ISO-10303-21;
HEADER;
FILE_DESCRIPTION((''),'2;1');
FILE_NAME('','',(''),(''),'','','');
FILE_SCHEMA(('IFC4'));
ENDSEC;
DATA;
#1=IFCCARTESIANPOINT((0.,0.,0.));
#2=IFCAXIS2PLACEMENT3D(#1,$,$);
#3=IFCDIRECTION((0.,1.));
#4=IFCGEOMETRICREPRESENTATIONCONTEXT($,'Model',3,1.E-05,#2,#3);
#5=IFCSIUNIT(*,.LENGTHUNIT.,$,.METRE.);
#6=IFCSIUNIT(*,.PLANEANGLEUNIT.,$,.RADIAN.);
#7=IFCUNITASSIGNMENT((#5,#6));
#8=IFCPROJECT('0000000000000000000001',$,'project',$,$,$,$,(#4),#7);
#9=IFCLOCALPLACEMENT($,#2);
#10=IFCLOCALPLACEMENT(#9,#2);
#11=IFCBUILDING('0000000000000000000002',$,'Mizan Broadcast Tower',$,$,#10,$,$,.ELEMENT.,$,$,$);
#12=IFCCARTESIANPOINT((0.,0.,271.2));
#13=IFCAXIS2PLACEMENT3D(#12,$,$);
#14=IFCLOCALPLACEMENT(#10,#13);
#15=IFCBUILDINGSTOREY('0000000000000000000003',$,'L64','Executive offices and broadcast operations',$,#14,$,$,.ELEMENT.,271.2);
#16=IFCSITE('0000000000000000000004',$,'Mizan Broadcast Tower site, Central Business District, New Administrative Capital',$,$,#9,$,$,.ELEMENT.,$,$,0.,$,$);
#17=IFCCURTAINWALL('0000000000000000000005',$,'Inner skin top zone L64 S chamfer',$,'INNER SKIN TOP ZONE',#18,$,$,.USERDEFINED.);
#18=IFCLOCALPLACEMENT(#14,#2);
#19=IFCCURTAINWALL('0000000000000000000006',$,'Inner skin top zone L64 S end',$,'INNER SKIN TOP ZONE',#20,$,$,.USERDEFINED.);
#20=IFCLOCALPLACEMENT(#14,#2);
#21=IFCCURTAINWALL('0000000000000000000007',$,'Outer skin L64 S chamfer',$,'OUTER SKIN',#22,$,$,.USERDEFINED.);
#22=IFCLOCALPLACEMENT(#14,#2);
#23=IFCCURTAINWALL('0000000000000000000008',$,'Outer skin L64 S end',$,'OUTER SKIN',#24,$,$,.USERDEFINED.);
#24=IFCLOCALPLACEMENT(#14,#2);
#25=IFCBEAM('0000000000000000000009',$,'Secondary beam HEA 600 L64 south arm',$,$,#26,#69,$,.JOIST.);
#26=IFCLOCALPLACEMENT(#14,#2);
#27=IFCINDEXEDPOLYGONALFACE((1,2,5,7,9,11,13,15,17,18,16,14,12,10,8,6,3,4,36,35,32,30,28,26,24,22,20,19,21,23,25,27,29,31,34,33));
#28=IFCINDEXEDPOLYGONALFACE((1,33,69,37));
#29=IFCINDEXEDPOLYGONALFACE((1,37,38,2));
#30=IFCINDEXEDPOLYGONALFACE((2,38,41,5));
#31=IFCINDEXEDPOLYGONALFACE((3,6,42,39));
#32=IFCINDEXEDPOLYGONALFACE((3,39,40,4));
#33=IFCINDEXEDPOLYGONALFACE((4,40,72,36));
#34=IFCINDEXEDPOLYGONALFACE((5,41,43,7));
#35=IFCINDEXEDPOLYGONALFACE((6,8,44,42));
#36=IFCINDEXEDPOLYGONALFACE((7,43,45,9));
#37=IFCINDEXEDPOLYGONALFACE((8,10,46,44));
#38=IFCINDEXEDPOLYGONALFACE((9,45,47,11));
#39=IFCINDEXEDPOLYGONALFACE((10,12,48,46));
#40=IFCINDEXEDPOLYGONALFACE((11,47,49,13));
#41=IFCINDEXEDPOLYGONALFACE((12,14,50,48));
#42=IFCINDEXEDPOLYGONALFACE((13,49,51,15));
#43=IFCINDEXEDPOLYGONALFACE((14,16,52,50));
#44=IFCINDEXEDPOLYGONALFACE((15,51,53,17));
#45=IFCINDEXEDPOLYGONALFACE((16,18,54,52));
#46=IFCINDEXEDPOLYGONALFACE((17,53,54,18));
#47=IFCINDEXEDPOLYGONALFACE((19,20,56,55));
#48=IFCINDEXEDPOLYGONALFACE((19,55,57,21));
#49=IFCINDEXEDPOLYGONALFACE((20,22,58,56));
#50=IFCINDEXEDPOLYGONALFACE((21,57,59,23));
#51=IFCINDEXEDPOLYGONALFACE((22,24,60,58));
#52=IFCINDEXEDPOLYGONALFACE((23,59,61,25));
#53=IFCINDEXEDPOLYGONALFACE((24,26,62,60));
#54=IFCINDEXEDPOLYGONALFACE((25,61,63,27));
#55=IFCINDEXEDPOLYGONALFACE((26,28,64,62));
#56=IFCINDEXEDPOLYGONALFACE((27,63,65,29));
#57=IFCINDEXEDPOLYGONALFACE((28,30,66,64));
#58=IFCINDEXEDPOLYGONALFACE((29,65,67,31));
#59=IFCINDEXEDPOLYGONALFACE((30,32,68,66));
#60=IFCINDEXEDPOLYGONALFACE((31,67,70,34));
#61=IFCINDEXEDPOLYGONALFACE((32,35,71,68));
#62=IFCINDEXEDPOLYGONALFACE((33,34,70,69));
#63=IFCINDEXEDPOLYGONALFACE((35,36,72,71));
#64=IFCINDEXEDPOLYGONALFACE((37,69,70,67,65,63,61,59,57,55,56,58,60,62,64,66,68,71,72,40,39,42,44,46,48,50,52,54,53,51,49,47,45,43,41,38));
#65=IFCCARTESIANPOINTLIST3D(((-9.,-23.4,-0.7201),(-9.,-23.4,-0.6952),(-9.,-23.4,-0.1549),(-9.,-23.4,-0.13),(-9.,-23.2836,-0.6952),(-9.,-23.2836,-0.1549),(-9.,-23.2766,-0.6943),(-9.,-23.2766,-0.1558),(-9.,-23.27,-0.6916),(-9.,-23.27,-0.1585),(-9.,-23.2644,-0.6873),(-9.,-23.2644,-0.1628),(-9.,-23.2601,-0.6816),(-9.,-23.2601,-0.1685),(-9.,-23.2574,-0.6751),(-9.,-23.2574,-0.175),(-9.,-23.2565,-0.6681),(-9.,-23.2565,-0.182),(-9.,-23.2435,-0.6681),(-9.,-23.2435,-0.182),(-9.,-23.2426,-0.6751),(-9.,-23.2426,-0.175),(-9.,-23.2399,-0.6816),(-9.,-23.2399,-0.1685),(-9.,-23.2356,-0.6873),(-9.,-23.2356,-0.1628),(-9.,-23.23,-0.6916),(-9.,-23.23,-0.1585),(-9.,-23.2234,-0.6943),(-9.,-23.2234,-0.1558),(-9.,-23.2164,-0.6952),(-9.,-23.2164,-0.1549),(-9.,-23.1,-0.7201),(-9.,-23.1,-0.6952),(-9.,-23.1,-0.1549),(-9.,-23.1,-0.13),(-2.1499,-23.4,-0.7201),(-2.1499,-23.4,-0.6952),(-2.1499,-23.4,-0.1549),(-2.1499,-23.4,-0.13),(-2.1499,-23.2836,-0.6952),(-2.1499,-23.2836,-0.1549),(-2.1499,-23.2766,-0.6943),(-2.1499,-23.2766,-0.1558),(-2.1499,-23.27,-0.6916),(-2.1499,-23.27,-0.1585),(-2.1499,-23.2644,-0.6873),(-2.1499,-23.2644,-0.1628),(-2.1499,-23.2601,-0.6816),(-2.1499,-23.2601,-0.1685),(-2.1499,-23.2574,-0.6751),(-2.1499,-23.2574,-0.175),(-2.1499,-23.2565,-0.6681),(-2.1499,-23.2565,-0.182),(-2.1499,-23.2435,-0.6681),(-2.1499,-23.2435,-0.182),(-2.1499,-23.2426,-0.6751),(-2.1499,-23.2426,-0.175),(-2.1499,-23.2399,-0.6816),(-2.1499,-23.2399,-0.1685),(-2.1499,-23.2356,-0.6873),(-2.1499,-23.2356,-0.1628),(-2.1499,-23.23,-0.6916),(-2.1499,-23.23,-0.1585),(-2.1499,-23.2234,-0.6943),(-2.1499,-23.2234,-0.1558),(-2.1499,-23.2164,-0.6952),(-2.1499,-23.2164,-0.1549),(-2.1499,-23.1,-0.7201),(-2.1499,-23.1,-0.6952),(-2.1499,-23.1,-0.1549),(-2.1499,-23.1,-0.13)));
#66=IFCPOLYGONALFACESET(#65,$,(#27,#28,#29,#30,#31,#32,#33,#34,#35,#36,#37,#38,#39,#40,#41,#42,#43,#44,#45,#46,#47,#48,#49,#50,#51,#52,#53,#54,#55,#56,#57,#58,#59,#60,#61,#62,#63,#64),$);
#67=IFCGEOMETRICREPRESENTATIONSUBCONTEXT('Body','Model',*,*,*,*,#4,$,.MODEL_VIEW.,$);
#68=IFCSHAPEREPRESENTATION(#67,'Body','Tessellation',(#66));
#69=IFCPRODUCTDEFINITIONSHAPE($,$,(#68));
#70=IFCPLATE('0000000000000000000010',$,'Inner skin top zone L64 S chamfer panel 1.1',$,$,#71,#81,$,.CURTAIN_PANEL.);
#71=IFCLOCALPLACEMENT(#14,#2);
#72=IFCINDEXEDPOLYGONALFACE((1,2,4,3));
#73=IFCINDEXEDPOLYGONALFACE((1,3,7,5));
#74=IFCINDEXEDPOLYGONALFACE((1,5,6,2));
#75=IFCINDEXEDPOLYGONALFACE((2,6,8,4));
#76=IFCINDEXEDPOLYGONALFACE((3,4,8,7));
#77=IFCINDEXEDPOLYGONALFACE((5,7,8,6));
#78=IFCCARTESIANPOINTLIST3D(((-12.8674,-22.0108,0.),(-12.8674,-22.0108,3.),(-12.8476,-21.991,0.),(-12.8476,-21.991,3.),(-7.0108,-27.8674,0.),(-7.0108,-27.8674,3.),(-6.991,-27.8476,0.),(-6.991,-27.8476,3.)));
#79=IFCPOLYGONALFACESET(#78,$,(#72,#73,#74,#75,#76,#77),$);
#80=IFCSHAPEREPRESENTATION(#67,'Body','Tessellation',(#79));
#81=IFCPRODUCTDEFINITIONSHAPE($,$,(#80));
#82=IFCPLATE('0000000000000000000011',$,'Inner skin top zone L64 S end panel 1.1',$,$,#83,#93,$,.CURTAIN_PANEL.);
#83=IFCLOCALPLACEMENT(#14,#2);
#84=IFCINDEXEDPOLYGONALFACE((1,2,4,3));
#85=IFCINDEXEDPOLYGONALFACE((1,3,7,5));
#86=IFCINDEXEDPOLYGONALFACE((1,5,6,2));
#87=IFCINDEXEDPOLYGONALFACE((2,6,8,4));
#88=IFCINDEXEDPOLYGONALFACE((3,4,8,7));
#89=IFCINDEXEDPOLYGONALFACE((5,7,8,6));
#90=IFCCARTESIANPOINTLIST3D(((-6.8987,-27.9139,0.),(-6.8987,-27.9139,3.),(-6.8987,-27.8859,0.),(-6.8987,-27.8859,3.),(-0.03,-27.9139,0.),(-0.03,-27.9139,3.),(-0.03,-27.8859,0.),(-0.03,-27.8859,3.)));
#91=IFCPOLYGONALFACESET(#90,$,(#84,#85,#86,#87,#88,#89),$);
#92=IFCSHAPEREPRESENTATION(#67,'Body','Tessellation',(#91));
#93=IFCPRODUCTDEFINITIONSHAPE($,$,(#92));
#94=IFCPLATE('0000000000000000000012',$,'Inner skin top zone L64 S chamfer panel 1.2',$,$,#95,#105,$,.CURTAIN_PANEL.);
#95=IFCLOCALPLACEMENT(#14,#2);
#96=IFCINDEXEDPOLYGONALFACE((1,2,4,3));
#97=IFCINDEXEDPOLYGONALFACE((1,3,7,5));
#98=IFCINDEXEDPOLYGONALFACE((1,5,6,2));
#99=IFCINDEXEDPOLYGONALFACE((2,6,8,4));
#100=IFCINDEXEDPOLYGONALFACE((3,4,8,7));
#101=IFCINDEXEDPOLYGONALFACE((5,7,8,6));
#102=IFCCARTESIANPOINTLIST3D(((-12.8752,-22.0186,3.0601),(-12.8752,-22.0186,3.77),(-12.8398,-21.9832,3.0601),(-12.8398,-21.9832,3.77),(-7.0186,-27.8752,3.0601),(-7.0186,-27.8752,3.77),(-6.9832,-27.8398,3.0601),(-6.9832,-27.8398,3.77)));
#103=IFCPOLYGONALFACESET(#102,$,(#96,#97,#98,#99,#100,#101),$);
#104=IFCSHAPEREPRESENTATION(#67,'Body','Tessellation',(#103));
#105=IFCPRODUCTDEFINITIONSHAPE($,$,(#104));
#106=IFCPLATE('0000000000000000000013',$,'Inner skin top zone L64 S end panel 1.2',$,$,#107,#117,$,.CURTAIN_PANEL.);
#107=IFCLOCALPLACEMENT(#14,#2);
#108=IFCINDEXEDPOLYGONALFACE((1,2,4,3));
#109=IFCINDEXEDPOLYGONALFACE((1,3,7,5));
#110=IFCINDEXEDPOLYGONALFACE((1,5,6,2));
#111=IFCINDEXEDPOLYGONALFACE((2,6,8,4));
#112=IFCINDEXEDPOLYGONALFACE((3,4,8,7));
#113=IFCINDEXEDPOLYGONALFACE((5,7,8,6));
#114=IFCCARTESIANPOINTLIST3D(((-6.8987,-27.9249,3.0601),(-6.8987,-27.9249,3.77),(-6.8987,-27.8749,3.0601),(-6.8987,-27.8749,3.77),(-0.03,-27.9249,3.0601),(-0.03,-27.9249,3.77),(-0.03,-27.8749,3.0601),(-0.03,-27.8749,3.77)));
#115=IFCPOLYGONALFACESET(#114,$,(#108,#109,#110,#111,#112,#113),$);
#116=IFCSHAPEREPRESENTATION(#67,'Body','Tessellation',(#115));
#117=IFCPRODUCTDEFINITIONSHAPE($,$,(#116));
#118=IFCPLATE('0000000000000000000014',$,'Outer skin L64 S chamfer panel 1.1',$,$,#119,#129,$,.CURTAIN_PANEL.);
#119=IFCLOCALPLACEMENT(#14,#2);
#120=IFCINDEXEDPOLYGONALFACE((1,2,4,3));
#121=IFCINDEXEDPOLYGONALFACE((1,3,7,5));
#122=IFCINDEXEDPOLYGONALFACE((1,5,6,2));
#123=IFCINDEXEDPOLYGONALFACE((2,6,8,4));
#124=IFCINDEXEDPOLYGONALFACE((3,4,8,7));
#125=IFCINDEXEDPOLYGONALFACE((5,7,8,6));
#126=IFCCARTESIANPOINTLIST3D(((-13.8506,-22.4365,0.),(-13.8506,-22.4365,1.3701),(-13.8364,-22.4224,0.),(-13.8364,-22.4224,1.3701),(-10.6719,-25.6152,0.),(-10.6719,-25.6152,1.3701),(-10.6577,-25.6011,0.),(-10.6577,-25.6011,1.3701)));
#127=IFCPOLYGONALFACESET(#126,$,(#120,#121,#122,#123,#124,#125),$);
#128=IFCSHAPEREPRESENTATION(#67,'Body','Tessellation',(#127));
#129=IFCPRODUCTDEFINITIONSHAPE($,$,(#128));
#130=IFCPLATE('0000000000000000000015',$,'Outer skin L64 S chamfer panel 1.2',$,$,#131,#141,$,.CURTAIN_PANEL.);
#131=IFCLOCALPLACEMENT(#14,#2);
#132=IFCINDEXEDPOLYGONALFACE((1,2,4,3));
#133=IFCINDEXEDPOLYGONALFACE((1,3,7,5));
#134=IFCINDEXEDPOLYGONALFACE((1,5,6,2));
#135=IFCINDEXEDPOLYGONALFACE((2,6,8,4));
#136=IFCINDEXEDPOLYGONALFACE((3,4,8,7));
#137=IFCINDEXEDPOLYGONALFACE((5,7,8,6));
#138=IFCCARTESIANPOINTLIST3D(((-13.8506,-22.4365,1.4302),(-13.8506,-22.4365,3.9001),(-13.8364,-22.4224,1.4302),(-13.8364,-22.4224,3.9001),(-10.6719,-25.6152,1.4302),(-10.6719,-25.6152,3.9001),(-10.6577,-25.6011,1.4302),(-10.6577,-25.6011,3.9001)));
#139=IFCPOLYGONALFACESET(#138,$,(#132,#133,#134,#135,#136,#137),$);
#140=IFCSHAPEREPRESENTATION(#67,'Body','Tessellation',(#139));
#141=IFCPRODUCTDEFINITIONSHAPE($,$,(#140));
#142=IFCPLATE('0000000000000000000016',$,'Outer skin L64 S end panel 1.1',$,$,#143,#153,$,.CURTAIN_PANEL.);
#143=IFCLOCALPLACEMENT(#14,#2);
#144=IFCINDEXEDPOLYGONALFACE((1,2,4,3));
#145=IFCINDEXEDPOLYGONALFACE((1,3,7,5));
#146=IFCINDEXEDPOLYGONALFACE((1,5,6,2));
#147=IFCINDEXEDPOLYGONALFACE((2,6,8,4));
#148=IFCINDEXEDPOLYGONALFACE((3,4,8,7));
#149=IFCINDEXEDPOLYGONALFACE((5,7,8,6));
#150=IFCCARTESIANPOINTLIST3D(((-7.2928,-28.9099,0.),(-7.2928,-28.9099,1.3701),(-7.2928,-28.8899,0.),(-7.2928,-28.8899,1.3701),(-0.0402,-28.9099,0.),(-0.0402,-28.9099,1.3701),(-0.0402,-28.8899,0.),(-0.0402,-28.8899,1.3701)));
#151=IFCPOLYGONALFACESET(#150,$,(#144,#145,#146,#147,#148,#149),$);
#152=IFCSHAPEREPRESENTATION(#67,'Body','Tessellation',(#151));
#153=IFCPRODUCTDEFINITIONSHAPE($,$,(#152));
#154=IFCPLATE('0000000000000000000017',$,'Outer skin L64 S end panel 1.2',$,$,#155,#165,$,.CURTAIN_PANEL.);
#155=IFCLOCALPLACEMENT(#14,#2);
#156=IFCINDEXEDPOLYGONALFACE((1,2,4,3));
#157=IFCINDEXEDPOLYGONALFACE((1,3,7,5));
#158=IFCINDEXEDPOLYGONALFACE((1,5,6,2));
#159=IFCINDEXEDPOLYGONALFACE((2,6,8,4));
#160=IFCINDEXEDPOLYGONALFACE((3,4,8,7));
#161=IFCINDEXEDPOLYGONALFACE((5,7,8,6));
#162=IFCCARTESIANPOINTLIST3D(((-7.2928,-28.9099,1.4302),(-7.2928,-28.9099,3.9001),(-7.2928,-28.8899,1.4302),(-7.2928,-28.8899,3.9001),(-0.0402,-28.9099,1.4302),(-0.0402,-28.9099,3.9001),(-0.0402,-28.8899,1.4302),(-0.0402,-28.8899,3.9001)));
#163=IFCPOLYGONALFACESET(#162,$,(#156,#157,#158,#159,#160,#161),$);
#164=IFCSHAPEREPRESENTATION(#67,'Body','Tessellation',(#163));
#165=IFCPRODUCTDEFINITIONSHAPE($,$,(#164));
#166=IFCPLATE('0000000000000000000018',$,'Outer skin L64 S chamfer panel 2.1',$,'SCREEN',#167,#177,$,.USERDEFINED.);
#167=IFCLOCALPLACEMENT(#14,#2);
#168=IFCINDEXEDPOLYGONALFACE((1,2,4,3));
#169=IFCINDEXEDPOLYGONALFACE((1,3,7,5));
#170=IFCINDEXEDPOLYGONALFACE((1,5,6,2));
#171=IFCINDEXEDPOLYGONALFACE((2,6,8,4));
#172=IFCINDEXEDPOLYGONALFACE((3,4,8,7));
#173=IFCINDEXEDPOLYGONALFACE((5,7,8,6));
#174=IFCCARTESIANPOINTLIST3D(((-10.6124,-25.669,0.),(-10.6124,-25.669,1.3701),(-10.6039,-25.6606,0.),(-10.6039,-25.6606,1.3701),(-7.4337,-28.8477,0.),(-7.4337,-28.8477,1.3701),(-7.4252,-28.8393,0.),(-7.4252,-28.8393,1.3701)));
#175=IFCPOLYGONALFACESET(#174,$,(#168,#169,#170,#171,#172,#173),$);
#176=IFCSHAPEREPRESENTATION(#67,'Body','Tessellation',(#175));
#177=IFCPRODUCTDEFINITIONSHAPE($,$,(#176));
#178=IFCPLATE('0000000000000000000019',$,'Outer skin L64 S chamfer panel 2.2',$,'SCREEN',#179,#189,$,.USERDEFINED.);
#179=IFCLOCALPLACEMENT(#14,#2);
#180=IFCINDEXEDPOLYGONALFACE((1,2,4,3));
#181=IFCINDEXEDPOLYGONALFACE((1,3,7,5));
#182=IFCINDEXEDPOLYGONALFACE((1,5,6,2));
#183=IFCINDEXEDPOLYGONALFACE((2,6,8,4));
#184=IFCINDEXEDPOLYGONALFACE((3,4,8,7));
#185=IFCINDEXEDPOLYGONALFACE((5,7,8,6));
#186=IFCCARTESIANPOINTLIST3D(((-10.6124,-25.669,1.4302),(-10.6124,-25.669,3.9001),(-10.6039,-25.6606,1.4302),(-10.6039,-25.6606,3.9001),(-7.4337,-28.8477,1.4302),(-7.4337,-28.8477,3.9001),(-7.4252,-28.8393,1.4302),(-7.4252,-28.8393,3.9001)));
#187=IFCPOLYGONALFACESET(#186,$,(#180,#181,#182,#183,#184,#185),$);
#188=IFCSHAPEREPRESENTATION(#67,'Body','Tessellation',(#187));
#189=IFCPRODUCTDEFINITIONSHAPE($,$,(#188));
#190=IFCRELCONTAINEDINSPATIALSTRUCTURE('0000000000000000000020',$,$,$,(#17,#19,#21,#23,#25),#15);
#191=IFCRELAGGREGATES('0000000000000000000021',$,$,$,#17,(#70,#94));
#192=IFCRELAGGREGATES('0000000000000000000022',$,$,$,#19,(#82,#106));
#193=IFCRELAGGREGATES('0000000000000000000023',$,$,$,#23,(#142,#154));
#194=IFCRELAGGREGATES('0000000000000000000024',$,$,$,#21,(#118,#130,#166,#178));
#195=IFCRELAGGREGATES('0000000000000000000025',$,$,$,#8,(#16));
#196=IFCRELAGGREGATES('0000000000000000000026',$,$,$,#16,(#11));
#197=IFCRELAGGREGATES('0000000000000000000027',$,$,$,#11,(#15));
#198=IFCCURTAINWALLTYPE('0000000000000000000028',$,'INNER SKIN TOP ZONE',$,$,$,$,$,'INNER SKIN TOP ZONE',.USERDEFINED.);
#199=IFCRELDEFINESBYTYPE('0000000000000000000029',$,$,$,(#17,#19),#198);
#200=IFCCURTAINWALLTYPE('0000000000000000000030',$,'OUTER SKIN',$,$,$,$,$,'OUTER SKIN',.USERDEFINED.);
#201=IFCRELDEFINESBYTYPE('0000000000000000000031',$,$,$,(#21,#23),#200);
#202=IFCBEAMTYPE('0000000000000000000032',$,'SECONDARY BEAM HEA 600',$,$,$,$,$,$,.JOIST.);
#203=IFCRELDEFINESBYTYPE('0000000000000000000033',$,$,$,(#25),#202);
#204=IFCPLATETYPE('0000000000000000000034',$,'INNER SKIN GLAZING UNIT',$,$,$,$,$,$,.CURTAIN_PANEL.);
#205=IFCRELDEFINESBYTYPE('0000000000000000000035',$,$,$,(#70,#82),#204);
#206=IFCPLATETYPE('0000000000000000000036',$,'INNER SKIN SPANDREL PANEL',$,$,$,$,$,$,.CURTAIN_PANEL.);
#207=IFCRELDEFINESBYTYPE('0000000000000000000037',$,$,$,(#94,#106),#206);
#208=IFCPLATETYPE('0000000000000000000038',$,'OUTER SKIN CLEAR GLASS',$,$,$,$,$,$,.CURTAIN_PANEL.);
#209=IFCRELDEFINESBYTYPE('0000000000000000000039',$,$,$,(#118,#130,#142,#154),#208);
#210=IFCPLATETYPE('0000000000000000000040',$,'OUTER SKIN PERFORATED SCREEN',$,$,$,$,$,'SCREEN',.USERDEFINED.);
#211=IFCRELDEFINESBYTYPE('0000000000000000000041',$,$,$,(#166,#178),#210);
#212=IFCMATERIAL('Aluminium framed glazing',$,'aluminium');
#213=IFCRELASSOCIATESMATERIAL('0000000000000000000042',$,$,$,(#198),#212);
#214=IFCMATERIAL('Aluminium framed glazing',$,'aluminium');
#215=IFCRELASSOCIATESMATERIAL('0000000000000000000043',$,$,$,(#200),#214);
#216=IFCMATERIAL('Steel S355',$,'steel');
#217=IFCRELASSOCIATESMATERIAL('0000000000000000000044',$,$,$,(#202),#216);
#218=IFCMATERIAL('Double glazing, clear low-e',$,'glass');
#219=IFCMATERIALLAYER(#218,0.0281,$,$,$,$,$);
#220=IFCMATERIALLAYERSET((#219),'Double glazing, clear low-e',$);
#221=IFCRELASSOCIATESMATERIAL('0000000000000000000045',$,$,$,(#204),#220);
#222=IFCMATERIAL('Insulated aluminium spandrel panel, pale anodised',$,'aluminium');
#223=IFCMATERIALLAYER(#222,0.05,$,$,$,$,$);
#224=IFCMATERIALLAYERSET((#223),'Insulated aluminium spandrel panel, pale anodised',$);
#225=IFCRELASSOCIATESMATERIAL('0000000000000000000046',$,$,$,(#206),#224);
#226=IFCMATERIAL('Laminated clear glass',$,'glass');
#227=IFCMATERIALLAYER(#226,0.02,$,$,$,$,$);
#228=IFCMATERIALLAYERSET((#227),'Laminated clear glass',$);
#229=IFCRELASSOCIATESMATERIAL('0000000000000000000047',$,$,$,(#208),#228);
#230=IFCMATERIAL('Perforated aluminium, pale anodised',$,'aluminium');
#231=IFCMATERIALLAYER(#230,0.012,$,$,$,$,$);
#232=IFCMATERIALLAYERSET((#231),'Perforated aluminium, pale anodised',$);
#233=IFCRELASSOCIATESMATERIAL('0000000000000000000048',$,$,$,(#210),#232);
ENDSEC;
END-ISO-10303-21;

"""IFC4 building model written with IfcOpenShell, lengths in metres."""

from ifc_helpers import new_model, si_unit, direction, frame, origin, origin_2d, place, context, subcontext, project, spatial, rectangle, i_section, extrude, material, layer, layer_set, material_profile, profile_set, type_object, element, aggregate, save


model = new_model("IFC4")

# Units and contexts
model_context = context("Model", 3, precision=1e-05, world=origin(), true_north=direction((0.0, 1.0)))
body_context = subcontext(model_context, "Body", "Model", "MODEL_VIEW")
ifc_project = project(units=[si_unit("LENGTHUNIT", "METRE"), si_unit("PLANEANGLEUNIT", "RADIAN")], contexts=[model_context])

# Site, building, storey
site_placement = place(None, origin())
site = spatial("IfcSite", under=ifc_project, at=site_placement, Name="Mizan Broadcast Tower site, Central Business District, New Administrative Capital", CompositionType="ELEMENT", RefElevation=0.0)
building_placement = place(site_placement, origin())
building = spatial("IfcBuilding", under=site, at=building_placement, Name="Mizan Broadcast Tower", CompositionType="ELEMENT")
storey_placement = place(building_placement, frame((0.0, 0.0, 271.2)))
storey = spatial("IfcBuildingStorey", under=building, at=storey_placement, Name="L64", Description="Executive offices and broadcast operations", CompositionType="ELEMENT", Elevation=271.2)

# Curtain wall
ifc_material_1 = material(Name="Aluminium framed glazing", Category="aluminium")
curtain_wall_type_1 = type_object("IfcCurtainWallType", Name="INNER SKIN TOP ZONE", ElementType="INNER SKIN TOP ZONE", PredefinedType="USERDEFINED", material=ifc_material_1)
curtain_wall_1_placement = place(storey_placement, origin())
curtain_wall_1 = element("IfcCurtainWall", 1, at=curtain_wall_1_placement, inside=storey, type_object=curtain_wall_type_1, Name="Inner skin top zone L64 S chamfer", ObjectType="INNER SKIN TOP ZONE", PredefinedType="USERDEFINED")

# Curtain walls
curtain_wall_2_placement = place(storey_placement, origin())
curtain_wall_2 = element("IfcCurtainWall", 2, at=curtain_wall_2_placement, inside=storey, type_object=curtain_wall_type_1, Name="Inner skin top zone L64 S end", ObjectType="INNER SKIN TOP ZONE", PredefinedType="USERDEFINED")
ifc_material_2 = material(Name="Aluminium framed glazing", Category="aluminium")
curtain_wall_type_2 = type_object("IfcCurtainWallType", Name="OUTER SKIN", ElementType="OUTER SKIN", PredefinedType="USERDEFINED", material=ifc_material_2)
curtain_wall_3_placement = place(storey_placement, origin())
curtain_wall_3 = element("IfcCurtainWall", 3, at=curtain_wall_3_placement, inside=storey, type_object=curtain_wall_type_2, Name="Outer skin L64 S chamfer", ObjectType="OUTER SKIN", PredefinedType="USERDEFINED")

# Curtain wall
curtain_wall_4_placement = place(storey_placement, origin())
curtain_wall_4 = element("IfcCurtainWall", 4, at=curtain_wall_4_placement, inside=storey, type_object=curtain_wall_type_2, Name="Outer skin L64 S end", ObjectType="OUTER SKIN", PredefinedType="USERDEFINED")

# Beam
ifc_material_3 = material(Name="Steel S355", Category="steel")
ifc_material_profile_1 = material_profile(ifc_material_3, i_section(OverallWidth=0.3, OverallDepth=0.5901, WebThickness=0.0129, FlangeThickness=0.0249, FilletRadius=0.0271, at=origin_2d()), Name="HEA 600")
ifc_profile_set_1 = profile_set([ifc_material_profile_1], Name="Steel S355")
beam_type_1 = type_object("IfcBeamType", Name="SECONDARY BEAM HEA 600", PredefinedType="JOIST", material=ifc_profile_set_1)
beam_1_placement = place(storey_placement, frame((-9.0, -23.25, -0.425), z_axis=(1.0, 0.0, 0.0), x_axis=(0.0, 1.0, 0.0)))
element("IfcBeam", 5, at=beam_1_placement, inside=storey, type_object=beam_type_1, Name="Secondary beam HEA 600 L64 south arm", PredefinedType="JOIST", context=body_context, shape_type="SweptSolid", body=[
    extrude(i_section(OverallWidth=0.3, OverallDepth=0.5901, WebThickness=0.0129, FlangeThickness=0.0249, FilletRadius=0.0271, at=origin_2d()), origin(), (0.0, 0.0, 1.0), 6.8501),
])

# Plates
ifc_material_4 = material(Name="Double glazing, clear low-e", Category="glass")
ifc_layer_1 = layer(ifc_material_4, 0.0281)
ifc_layer_set_1 = layer_set([ifc_layer_1], Name="Double glazing, clear low-e")
plate_type_1 = type_object("IfcPlateType", Name="INNER SKIN GLAZING UNIT", PredefinedType="CURTAIN_PANEL", material=ifc_layer_set_1)
plate_1_placement = place(storey_placement, frame((-9.9292, -24.9292, 0.0), z_axis=(0.0, 0.0, 1.0), x_axis=(0.707107, -0.707107, 0.0)))
plate_1 = element("IfcPlate", 6, at=plate_1_placement, type_object=plate_type_1, Name="Inner skin top zone L64 S chamfer panel 1.1", PredefinedType="CURTAIN_PANEL", context=body_context, shape_type="SweptSolid", body=[
    extrude(rectangle(XDim=8.2825, YDim=0.0281, at=origin_2d()), origin(), (0.0, 0.0, 1.0), 3.0),
])
plate_2_placement = place(storey_placement, frame((-3.4644, -27.8999, 0.0), z_axis=(0.0, 0.0, 1.0), x_axis=(1.0, 0.0, 0.0)))
plate_2 = element("IfcPlate", 7, at=plate_2_placement, type_object=plate_type_1, Name="Inner skin top zone L64 S end panel 1.1", PredefinedType="CURTAIN_PANEL", context=body_context, shape_type="SweptSolid", body=[
    extrude(rectangle(XDim=6.8687, YDim=0.0281, at=origin_2d()), origin(), (0.0, 0.0, 1.0), 3.0),
])
ifc_material_5 = material(Name="Insulated aluminium spandrel panel, pale anodised", Category="aluminium")
ifc_layer_2 = layer(ifc_material_5, 0.05)
ifc_layer_set_2 = layer_set([ifc_layer_2], Name="Insulated aluminium spandrel panel, pale anodised")
plate_type_2 = type_object("IfcPlateType", Name="INNER SKIN SPANDREL PANEL", PredefinedType="CURTAIN_PANEL", material=ifc_layer_set_2)
plate_3_placement = place(storey_placement, frame((-9.9292, -24.9292, 3.0601), z_axis=(0.0, 0.0, 1.0), x_axis=(0.707107, -0.707107, 0.0)))
plate_3 = element("IfcPlate", 8, at=plate_3_placement, type_object=plate_type_2, Name="Inner skin top zone L64 S chamfer panel 1.2", PredefinedType="CURTAIN_PANEL", context=body_context, shape_type="SweptSolid", body=[
    extrude(rectangle(XDim=8.2825, YDim=0.05, at=origin_2d()), origin(), (0.0, 0.0, 1.0), 0.71),
])
aggregate(curtain_wall_1, [plate_1, plate_3])
plate_4_placement = place(storey_placement, frame((-3.4644, -27.8999, 3.0601), z_axis=(0.0, 0.0, 1.0), x_axis=(1.0, 0.0, 0.0)))
plate_4 = element("IfcPlate", 9, at=plate_4_placement, type_object=plate_type_2, Name="Inner skin top zone L64 S end panel 1.2", PredefinedType="CURTAIN_PANEL", context=body_context, shape_type="SweptSolid", body=[
    extrude(rectangle(XDim=6.8687, YDim=0.05, at=origin_2d()), origin(), (0.0, 0.0, 1.0), 0.71),
])
aggregate(curtain_wall_2, [plate_2, plate_4])
ifc_material_6 = material(Name="Laminated clear glass", Category="glass")
ifc_layer_3 = layer(ifc_material_6, 0.02)
ifc_layer_set_3 = layer_set([ifc_layer_3], Name="Laminated clear glass")
plate_type_3 = type_object("IfcPlateType", Name="OUTER SKIN CLEAR GLASS", PredefinedType="CURTAIN_PANEL", material=ifc_layer_set_3)
plate_5_placement = place(storey_placement, frame((-12.2542, -24.0188, 0.0), z_axis=(0.0, 0.0, 1.0), x_axis=(0.707107, -0.707107, 0.0)))
plate_5 = element("IfcPlate", 10, at=plate_5_placement, type_object=plate_type_3, Name="Outer skin L64 S chamfer panel 1.1", PredefinedType="CURTAIN_PANEL", context=body_context, shape_type="SweptSolid", body=[
    extrude(rectangle(XDim=4.4954, YDim=0.02, at=origin_2d()), origin(), (0.0, 0.0, 1.0), 1.3701),
])
plate_6_placement = place(storey_placement, frame((-12.2542, -24.0188, 1.4302), z_axis=(0.0, 0.0, 1.0), x_axis=(0.707107, -0.707107, 0.0)))
plate_6 = element("IfcPlate", 11, at=plate_6_placement, type_object=plate_type_3, Name="Outer skin L64 S chamfer panel 1.2", PredefinedType="CURTAIN_PANEL", context=body_context, shape_type="SweptSolid", body=[
    extrude(rectangle(XDim=4.4954, YDim=0.02, at=origin_2d()), origin(), (0.0, 0.0, 1.0), 2.47),
])
plate_7_placement = place(storey_placement, frame((-3.6665, -28.8999, 0.0), z_axis=(0.0, 0.0, 1.0), x_axis=(1.0, 0.0, 0.0)))
plate_7 = element("IfcPlate", 12, at=plate_7_placement, type_object=plate_type_3, Name="Outer skin L64 S end panel 1.1", PredefinedType="CURTAIN_PANEL", context=body_context, shape_type="SweptSolid", body=[
    extrude(rectangle(XDim=7.2527, YDim=0.02, at=origin_2d()), origin(), (0.0, 0.0, 1.0), 1.3701),
])
plate_8_placement = place(storey_placement, frame((-3.6665, -28.8999, 1.4302), z_axis=(0.0, 0.0, 1.0), x_axis=(1.0, 0.0, 0.0)))
plate_8 = element("IfcPlate", 13, at=plate_8_placement, type_object=plate_type_3, Name="Outer skin L64 S end panel 1.2", PredefinedType="CURTAIN_PANEL", context=body_context, shape_type="SweptSolid", body=[
    extrude(rectangle(XDim=7.2527, YDim=0.02, at=origin_2d()), origin(), (0.0, 0.0, 1.0), 2.47),
])
aggregate(curtain_wall_4, [plate_7, plate_8])
ifc_material_7 = material(Name="Perforated aluminium, pale anodised", Category="aluminium")
ifc_layer_4 = layer(ifc_material_7, 0.012)
ifc_layer_set_4 = layer_set([ifc_layer_4], Name="Perforated aluminium, pale anodised")
plate_type_4 = type_object("IfcPlateType", Name="OUTER SKIN PERFORATED SCREEN", ElementType="SCREEN", PredefinedType="USERDEFINED", material=ifc_layer_set_4)
plate_9_placement = place(storey_placement, frame((-9.0188, -27.2542, 0.0), z_axis=(0.0, 0.0, 1.0), x_axis=(0.707107, -0.707107, 0.0)))
plate_9 = element("IfcPlate", 14, at=plate_9_placement, type_object=plate_type_4, Name="Outer skin L64 S chamfer panel 2.1", ObjectType="SCREEN", PredefinedType="USERDEFINED", context=body_context, shape_type="SweptSolid", body=[
    extrude(rectangle(XDim=4.4954, YDim=0.012, at=origin_2d()), origin(), (0.0, 0.0, 1.0), 1.3701),
])
plate_10_placement = place(storey_placement, frame((-9.0188, -27.2542, 1.4302), z_axis=(0.0, 0.0, 1.0), x_axis=(0.707107, -0.707107, 0.0)))
plate_10 = element("IfcPlate", 15, at=plate_10_placement, type_object=plate_type_4, Name="Outer skin L64 S chamfer panel 2.2", ObjectType="SCREEN", PredefinedType="USERDEFINED", context=body_context, shape_type="SweptSolid", body=[
    extrude(rectangle(XDim=4.4954, YDim=0.012, at=origin_2d()), origin(), (0.0, 0.0, 1.0), 2.47),
])
aggregate(curtain_wall_3, [plate_5, plate_6, plate_9, plate_10])

save(model, "model.ifc")
